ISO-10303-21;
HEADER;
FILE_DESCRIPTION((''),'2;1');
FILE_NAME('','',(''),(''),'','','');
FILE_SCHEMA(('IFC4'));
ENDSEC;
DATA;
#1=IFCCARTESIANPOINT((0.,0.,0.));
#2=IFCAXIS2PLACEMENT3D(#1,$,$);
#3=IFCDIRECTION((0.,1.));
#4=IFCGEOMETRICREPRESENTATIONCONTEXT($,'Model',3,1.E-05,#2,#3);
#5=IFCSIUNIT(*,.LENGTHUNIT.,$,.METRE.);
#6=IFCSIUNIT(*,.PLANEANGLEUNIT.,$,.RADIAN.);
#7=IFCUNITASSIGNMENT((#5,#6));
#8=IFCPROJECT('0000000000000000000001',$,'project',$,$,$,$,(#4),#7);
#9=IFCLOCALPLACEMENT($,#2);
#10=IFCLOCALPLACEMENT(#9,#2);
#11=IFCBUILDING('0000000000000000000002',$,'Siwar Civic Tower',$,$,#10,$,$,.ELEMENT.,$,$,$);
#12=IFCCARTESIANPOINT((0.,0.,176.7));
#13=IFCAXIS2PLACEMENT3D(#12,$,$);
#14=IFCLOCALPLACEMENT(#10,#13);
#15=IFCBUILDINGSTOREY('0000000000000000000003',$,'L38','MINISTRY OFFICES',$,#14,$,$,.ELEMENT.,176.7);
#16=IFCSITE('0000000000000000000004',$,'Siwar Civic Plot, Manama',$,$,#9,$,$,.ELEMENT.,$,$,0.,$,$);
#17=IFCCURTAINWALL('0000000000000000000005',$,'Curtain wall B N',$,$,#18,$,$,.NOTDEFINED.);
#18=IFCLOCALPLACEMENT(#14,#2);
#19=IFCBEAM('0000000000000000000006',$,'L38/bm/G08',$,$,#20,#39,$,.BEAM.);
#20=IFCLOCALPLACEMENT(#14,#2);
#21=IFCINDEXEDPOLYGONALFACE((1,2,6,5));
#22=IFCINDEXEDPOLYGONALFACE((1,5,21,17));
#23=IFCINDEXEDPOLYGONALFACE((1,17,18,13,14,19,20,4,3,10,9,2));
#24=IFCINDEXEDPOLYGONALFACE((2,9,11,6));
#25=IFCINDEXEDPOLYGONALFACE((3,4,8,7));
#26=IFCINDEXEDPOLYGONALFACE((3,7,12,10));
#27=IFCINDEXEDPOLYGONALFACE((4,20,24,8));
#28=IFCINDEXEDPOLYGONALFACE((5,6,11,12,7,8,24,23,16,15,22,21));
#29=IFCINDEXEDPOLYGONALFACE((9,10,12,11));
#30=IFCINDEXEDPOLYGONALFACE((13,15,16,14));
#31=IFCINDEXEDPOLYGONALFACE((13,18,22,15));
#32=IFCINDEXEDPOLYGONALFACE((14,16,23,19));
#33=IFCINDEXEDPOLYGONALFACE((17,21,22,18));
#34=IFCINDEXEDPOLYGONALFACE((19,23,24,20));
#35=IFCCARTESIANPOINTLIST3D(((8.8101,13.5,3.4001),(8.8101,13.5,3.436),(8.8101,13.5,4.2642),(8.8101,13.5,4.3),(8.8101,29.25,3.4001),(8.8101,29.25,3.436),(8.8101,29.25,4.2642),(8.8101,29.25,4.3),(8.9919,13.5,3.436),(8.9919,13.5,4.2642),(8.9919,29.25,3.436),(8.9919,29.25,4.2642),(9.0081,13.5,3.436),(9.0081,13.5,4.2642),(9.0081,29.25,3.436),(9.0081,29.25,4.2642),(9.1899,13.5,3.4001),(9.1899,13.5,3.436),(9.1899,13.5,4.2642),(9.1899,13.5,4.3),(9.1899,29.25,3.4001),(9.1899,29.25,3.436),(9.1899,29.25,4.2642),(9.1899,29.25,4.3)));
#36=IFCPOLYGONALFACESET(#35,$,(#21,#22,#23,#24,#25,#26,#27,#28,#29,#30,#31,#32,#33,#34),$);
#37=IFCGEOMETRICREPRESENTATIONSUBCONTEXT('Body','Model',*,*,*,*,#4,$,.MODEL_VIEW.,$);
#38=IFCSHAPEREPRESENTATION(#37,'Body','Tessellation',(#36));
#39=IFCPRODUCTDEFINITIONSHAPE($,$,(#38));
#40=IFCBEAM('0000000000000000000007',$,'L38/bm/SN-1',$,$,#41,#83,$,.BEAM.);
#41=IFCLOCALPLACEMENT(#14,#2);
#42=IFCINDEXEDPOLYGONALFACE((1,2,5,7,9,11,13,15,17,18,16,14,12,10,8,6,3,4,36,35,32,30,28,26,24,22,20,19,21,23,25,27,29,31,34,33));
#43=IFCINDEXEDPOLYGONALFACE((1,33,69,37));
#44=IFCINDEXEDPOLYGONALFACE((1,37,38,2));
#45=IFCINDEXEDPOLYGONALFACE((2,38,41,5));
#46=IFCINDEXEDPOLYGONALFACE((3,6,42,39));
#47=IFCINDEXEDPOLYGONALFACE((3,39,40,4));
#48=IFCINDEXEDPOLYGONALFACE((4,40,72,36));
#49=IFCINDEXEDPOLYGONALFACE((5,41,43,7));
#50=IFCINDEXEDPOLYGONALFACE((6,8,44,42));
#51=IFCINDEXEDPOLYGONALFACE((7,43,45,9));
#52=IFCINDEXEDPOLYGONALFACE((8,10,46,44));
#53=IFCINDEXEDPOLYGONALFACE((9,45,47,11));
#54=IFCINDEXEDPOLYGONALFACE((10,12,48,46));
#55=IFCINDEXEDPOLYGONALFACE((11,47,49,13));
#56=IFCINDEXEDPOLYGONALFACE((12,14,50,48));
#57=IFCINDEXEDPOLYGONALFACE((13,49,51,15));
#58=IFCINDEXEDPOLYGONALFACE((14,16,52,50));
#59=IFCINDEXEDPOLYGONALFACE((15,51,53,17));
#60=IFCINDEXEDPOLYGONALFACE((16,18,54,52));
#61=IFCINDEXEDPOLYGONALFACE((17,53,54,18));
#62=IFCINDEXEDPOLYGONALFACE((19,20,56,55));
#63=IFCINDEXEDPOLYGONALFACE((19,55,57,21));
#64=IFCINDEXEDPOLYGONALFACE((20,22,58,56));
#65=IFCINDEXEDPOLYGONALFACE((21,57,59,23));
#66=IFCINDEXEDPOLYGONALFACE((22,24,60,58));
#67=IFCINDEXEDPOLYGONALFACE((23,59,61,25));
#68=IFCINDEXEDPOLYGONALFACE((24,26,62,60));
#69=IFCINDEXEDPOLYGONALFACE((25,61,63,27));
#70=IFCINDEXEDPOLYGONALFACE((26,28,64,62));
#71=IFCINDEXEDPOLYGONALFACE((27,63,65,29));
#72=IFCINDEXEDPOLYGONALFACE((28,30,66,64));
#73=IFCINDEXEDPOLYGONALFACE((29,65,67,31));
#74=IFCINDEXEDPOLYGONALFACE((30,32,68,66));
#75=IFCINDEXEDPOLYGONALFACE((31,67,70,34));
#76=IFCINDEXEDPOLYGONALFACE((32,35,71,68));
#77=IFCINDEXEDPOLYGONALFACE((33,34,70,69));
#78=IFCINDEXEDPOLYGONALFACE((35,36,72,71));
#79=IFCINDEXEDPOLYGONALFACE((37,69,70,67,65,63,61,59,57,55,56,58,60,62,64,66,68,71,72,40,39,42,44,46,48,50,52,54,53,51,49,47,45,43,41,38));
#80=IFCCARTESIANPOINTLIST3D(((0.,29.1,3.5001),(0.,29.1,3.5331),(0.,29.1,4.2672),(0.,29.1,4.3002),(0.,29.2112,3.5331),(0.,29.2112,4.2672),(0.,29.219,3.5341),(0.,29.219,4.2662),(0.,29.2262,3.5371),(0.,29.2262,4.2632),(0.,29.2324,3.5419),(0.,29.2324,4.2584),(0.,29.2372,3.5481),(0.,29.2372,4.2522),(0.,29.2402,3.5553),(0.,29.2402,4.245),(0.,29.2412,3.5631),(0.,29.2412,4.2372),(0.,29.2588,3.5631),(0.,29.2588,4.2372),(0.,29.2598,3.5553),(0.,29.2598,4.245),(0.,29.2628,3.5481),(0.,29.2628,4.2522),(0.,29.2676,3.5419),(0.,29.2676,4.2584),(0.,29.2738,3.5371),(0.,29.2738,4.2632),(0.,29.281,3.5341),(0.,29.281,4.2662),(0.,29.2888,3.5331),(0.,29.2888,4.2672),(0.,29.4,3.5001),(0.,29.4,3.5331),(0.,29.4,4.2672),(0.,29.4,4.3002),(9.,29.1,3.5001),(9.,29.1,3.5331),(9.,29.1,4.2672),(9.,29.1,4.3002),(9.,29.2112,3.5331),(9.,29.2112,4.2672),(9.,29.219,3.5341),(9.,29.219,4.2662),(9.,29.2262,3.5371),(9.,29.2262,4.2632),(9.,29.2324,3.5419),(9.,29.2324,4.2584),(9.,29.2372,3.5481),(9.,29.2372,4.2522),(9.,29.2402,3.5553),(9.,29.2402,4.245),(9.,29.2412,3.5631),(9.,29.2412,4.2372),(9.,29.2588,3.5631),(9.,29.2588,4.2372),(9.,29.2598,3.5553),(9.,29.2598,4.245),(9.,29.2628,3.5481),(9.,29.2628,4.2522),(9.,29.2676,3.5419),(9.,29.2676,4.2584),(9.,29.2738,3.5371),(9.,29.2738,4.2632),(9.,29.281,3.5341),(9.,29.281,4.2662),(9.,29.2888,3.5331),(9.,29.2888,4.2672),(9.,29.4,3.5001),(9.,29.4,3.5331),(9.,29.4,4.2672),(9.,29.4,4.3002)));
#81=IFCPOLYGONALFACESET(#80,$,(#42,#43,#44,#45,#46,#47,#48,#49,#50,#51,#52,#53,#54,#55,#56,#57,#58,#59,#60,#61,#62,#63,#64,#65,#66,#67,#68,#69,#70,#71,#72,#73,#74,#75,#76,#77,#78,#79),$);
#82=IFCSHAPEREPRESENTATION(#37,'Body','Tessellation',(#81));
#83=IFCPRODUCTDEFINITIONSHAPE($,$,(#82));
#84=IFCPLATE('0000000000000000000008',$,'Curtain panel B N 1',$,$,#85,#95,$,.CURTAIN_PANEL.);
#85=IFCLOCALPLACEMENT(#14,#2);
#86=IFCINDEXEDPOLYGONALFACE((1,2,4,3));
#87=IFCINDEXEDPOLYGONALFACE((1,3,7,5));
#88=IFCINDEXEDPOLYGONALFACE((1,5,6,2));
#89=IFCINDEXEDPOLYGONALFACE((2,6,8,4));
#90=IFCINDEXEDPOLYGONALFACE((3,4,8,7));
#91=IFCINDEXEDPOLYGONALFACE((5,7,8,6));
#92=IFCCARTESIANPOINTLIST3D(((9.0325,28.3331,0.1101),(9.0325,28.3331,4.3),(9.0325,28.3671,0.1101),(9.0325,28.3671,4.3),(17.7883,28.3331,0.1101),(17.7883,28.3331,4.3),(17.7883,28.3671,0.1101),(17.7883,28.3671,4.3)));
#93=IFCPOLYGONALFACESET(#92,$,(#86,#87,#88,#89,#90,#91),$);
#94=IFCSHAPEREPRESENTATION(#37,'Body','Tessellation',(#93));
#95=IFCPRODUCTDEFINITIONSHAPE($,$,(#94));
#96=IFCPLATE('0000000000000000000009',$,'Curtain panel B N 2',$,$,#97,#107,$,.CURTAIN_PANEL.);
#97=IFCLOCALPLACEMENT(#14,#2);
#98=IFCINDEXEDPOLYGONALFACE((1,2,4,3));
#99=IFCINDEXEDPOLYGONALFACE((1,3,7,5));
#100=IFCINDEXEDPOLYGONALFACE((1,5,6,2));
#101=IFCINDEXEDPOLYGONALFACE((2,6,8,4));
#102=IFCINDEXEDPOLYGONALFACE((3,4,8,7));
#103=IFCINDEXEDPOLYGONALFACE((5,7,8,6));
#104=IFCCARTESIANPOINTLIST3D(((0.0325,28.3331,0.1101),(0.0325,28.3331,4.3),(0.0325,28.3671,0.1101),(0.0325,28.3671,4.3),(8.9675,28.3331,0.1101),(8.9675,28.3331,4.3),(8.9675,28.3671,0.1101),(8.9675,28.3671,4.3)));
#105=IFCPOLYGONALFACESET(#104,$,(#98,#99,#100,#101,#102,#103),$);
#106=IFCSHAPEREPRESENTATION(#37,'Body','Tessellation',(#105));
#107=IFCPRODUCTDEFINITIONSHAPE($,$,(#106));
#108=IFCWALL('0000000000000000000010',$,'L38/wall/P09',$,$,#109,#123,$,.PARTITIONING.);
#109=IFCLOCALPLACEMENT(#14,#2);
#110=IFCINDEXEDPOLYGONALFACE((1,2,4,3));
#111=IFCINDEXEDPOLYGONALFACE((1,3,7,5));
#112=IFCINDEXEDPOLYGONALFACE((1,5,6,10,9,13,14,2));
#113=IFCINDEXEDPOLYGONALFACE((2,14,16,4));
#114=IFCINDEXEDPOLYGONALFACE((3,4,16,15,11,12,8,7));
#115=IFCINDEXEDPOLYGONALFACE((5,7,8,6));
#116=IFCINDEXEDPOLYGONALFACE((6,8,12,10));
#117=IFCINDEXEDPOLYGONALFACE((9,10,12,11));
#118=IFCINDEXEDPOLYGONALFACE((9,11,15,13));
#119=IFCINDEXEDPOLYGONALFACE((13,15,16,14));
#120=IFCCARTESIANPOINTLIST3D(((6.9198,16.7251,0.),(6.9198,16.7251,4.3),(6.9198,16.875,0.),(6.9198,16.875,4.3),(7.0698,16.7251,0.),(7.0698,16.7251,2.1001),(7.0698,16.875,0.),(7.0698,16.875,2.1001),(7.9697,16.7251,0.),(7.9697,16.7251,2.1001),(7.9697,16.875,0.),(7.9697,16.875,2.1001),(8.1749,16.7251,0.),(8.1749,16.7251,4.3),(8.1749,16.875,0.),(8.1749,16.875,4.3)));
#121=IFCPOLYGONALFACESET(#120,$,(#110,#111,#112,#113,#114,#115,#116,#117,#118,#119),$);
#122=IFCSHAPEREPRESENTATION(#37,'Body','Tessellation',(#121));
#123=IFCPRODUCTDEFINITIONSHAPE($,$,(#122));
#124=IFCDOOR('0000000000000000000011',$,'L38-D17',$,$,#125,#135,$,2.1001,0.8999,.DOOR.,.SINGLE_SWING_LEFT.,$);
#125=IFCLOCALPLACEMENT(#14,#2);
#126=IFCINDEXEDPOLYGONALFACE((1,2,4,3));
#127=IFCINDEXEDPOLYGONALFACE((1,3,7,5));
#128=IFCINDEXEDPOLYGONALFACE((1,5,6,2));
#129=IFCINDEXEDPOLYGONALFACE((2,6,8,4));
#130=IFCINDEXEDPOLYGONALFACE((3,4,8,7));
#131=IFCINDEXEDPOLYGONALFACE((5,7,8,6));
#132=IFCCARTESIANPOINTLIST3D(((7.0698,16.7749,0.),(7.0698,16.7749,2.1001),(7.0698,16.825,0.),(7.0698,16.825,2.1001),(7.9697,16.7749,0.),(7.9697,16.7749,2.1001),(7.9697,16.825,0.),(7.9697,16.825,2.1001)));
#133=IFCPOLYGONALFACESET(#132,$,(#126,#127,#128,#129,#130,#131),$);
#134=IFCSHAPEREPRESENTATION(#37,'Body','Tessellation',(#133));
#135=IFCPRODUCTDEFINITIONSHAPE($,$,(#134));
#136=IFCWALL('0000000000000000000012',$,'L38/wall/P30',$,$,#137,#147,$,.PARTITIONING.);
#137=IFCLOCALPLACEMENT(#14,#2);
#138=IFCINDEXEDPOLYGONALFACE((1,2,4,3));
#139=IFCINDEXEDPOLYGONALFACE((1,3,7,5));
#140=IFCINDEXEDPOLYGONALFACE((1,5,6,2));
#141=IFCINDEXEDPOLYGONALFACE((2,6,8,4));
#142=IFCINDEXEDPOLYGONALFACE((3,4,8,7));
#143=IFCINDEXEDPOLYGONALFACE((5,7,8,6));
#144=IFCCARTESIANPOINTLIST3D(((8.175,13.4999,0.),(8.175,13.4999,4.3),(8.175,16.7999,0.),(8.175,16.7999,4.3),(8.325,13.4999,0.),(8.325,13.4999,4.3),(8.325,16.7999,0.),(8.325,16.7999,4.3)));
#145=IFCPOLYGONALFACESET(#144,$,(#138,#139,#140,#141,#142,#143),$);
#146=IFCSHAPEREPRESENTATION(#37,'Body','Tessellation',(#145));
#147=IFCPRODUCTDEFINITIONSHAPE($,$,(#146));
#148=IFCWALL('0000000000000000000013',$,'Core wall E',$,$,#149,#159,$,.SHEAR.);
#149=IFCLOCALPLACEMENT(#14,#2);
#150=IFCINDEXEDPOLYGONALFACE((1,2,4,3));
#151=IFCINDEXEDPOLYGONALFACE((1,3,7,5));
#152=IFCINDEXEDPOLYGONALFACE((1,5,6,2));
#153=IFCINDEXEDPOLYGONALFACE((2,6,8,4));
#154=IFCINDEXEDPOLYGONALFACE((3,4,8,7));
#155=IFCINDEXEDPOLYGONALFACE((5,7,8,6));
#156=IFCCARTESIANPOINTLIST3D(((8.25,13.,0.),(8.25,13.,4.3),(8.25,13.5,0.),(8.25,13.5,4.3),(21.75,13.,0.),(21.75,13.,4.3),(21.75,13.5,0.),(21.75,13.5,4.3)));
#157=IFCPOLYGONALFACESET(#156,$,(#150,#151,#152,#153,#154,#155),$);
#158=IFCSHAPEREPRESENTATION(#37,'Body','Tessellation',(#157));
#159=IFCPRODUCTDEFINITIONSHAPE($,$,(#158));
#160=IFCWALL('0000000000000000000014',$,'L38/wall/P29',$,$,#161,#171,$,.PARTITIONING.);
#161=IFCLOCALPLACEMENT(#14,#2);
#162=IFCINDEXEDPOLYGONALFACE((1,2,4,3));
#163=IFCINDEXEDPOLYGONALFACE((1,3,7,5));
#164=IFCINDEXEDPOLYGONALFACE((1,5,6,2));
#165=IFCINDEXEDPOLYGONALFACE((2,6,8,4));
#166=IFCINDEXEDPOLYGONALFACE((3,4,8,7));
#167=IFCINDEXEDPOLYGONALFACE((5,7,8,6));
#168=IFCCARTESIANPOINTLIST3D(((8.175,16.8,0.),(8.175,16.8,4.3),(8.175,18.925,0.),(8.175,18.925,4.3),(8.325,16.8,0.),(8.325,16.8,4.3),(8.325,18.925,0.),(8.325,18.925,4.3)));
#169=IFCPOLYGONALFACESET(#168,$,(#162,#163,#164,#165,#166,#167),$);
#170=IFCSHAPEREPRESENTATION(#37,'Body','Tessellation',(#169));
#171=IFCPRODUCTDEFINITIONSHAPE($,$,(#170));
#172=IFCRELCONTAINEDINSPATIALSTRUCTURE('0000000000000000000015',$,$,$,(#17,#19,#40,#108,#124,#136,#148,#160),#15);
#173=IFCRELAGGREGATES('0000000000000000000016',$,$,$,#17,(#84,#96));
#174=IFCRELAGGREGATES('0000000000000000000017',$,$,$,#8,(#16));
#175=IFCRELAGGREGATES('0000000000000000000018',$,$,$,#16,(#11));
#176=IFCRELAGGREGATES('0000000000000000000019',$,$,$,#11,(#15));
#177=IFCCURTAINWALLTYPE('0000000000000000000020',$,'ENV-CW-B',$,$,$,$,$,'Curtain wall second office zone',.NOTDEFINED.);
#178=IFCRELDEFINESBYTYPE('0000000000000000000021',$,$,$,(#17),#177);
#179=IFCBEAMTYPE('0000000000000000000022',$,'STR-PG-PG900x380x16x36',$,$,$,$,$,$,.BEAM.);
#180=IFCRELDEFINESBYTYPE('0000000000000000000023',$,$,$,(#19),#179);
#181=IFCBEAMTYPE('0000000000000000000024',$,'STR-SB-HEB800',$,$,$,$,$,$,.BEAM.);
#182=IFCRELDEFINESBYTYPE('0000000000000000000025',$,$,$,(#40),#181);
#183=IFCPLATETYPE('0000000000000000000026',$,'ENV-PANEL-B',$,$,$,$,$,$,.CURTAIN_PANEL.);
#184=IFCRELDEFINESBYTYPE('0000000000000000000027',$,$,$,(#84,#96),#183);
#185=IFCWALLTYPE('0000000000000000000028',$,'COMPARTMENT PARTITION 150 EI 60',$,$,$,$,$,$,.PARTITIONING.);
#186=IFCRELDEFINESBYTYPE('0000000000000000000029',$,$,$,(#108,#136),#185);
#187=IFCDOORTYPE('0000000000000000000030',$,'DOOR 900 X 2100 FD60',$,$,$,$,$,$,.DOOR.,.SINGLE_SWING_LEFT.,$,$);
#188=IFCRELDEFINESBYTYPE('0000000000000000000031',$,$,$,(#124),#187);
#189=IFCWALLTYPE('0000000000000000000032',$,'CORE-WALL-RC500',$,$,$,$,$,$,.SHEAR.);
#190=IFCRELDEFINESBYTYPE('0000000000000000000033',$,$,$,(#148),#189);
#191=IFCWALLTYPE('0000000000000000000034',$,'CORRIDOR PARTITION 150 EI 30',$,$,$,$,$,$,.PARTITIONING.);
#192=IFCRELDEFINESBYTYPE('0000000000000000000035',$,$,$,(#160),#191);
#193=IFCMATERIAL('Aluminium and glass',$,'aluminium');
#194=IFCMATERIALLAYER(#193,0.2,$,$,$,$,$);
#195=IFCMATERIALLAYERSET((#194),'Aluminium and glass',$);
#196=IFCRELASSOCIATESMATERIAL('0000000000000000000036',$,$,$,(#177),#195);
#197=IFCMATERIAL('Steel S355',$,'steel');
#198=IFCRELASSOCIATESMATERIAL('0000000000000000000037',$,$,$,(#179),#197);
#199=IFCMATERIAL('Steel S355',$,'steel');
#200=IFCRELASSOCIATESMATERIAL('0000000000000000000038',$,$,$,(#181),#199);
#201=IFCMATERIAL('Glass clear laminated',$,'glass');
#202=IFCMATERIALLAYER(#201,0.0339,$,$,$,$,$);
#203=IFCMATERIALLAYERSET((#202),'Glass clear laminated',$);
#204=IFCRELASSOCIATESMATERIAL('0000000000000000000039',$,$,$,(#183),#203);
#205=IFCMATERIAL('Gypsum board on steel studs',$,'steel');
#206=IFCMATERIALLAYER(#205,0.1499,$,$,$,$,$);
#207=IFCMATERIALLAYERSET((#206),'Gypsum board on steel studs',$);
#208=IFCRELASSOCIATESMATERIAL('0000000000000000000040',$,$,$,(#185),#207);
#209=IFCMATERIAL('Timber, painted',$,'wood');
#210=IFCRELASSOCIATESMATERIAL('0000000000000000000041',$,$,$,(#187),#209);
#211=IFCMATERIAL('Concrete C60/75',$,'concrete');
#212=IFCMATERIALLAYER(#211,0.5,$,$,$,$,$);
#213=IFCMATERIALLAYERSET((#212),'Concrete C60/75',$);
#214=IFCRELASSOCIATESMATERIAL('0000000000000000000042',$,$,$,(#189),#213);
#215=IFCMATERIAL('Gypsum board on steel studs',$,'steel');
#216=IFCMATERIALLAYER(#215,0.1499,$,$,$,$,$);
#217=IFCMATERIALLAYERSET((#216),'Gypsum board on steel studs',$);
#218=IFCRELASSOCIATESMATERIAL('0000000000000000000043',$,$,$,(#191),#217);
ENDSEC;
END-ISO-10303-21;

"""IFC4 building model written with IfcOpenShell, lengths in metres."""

from ifc_helpers import new_model, si_unit, direction, frame, frame_2d, origin, origin_2d, place, context, subcontext, project, spatial, rectangle, i_section, extrude, material, layer, layer_set, material_profile, profile_set, type_object, element, fill, aggregate, save


model = new_model("IFC4")

# Units and contexts
model_context = context("Model", 3, precision=1e-05, world=origin(), true_north=direction((0.0, 1.0)))
body_context = subcontext(model_context, "Body", "Model", "MODEL_VIEW")
ifc_project = project(units=[si_unit("LENGTHUNIT", "METRE"), si_unit("PLANEANGLEUNIT", "RADIAN")], contexts=[model_context])

# Site, building, storey
site_placement = place(None, origin())
site = spatial("IfcSite", under=ifc_project, at=site_placement, Name="Siwar Civic Plot, Manama", CompositionType="ELEMENT", RefElevation=0.0)
building_placement = place(site_placement, origin())
building = spatial("IfcBuilding", under=site, at=building_placement, Name="Siwar Civic Tower", CompositionType="ELEMENT")
storey_placement = place(building_placement, frame((0.0, 0.0, 176.7)))
storey = spatial("IfcBuildingStorey", under=building, at=storey_placement, Name="L38", Description="MINISTRY OFFICES", CompositionType="ELEMENT", Elevation=176.7)

# Curtain wall
ifc_material_1 = material(Name="Aluminium and glass", Category="aluminium")
ifc_layer_1 = layer(ifc_material_1, 0.2)
ifc_layer_set_1 = layer_set([ifc_layer_1], Name="Aluminium and glass")
curtain_wall_type = type_object("IfcCurtainWallType", Name="ENV-CW-B", ElementType="Curtain wall second office zone", PredefinedType="NOTDEFINED", material=ifc_layer_set_1)
curtain_wall_placement = place(storey_placement, origin())
curtain_wall = element("IfcCurtainWall", 1, at=curtain_wall_placement, inside=storey, type_object=curtain_wall_type, Name="Curtain wall B N", PredefinedType="NOTDEFINED")

# Beams
ifc_material_2 = material(Name="Steel S355", Category="steel")
ifc_material_profile_1 = material_profile(ifc_material_2, i_section(OverallWidth=0.3799, OverallDepth=0.8999, WebThickness=0.0161, FlangeThickness=0.0359, at=origin_2d()), Name="PG900x380x16x36")
ifc_profile_set_1 = profile_set([ifc_material_profile_1], Name="Steel S355")
beam_type_1 = type_object("IfcBeamType", Name="STR-PG-PG900x380x16x36", PredefinedType="BEAM", material=ifc_profile_set_1)
beam_1_placement = place(storey_placement, frame((9.0, 13.5, 3.8501), z_axis=(0.0, 1.0, 0.0), x_axis=(-1.0, 0.0, 0.0)))
element("IfcBeam", 2, at=beam_1_placement, inside=storey, type_object=beam_type_1, Name="L38/bm/G08", PredefinedType="BEAM", context=body_context, shape_type="SweptSolid", body=[
    extrude(i_section(OverallWidth=0.3799, OverallDepth=0.8999, WebThickness=0.0161, FlangeThickness=0.0359, at=origin_2d()), origin(), (0.0, 0.0, 1.0), 15.75),
])
ifc_material_3 = material(Name="Steel S355", Category="steel")
ifc_material_profile_2 = material_profile(ifc_material_3, i_section(OverallWidth=0.3, OverallDepth=0.8, WebThickness=0.0176, FlangeThickness=0.033, FilletRadius=0.03, at=origin_2d()), Name="HEB800")
ifc_profile_set_2 = profile_set([ifc_material_profile_2], Name="Steel S355")
beam_type_2 = type_object("IfcBeamType", Name="STR-SB-HEB800", PredefinedType="BEAM", material=ifc_profile_set_2)
beam_2_placement = place(storey_placement, frame((9.0, 29.25, 3.9001), z_axis=(-1.0, 0.0, 0.0), x_axis=(0.0, -1.0, 0.0)))
element("IfcBeam", 3, at=beam_2_placement, inside=storey, type_object=beam_type_2, Name="L38/bm/SN-1", PredefinedType="BEAM", context=body_context, shape_type="SweptSolid", body=[
    extrude(i_section(OverallWidth=0.3, OverallDepth=0.8, WebThickness=0.0176, FlangeThickness=0.033, FilletRadius=0.03, at=origin_2d()), origin(), (0.0, 0.0, 1.0), 9.0),
])

# Plates
ifc_material_4 = material(Name="Glass clear laminated", Category="glass")
ifc_layer_2 = layer(ifc_material_4, 0.0339)
ifc_layer_set_2 = layer_set([ifc_layer_2], Name="Glass clear laminated")
plate_type = type_object("IfcPlateType", Name="ENV-PANEL-B", PredefinedType="CURTAIN_PANEL", material=ifc_layer_set_2)
plate_1_placement = place(storey_placement, frame((13.4104, 28.3501, 0.1101), z_axis=(0.0, 0.0, 1.0), x_axis=(-1.0, 0.0, 0.0)))
plate_1 = element("IfcPlate", 4, at=plate_1_placement, type_object=plate_type, Name="Curtain panel B N 1", PredefinedType="CURTAIN_PANEL", context=body_context, shape_type="SweptSolid", body=[
    extrude(rectangle(XDim=8.7559, YDim=0.0339, at=origin_2d()), origin(), (0.0, 0.0, 1.0), 4.1899),
])
plate_2_placement = place(storey_placement, frame((4.5, 28.3501, 0.1101), z_axis=(0.0, 0.0, 1.0), x_axis=(-1.0, 0.0, 0.0)))
plate_2 = element("IfcPlate", 5, at=plate_2_placement, type_object=plate_type, Name="Curtain panel B N 2", PredefinedType="CURTAIN_PANEL", context=body_context, shape_type="SweptSolid", body=[
    extrude(rectangle(XDim=8.9351, YDim=0.0339, at=origin_2d()), origin(), (0.0, 0.0, 1.0), 4.1899),
])
aggregate(curtain_wall, [plate_1, plate_2])

# Wall, opening, door
ifc_material_5 = material(Name="Gypsum board on steel studs", Category="steel")
ifc_layer_3 = layer(ifc_material_5, 0.1499)
ifc_layer_set_3 = layer_set([ifc_layer_3], Name="Gypsum board on steel studs")
wall_type_1 = type_object("IfcWallType", Name="COMPARTMENT PARTITION 150 EI 60", PredefinedType="PARTITIONING", material=ifc_layer_set_3)
wall_1_placement = place(storey_placement, frame((6.9199, 16.8, 0.0), z_axis=(0.0, 0.0, 1.0), x_axis=(1.0, 0.0, 0.0)))
wall_1 = element("IfcWall", 6, at=wall_1_placement, inside=storey, type_object=wall_type_1, Name="L38/wall/P09", PredefinedType="PARTITIONING", context=body_context, shape_type="SweptSolid", body=[
    extrude(rectangle(XDim=1.2551, YDim=0.1499, at=frame_2d((0.6274, 0.0))), origin(), (0.0, 0.0, 1.0), 4.3),
])
opening_placement = place(wall_1_placement, frame((0.1499, 0.0, 0.0)))
opening = element("IfcOpeningElement", 7, at=opening_placement, cuts=wall_1, PredefinedType="OPENING", context=body_context, shape_type="SweptSolid", body=[
    extrude(rectangle(XDim=0.8999, YDim=2.1001, at=frame_2d((0.45, 1.05))), frame((0.0, 0.085, 0.0), z_axis=(0.0, -1.0, 0.0), x_axis=(1.0, 0.0, 0.0)), (0.0, 0.0, 1.0), 0.1699),
])
ifc_material_6 = material(Name="Timber, painted", Category="wood")
door_type = type_object("IfcDoorType", Name="DOOR 900 X 2100 FD60", OperationType="SINGLE_SWING_LEFT", PredefinedType="DOOR", material=ifc_material_6)
door_placement = place(opening_placement, origin())
door = element("IfcDoor", 8, at=door_placement, inside=storey, type_object=door_type, Name="L38-D17", OperationType="SINGLE_SWING_LEFT", OverallHeight=2.1001, OverallWidth=0.8999, PredefinedType="DOOR", context=body_context, shape_type="SweptSolid", body=[
    extrude(rectangle(XDim=0.8999, YDim=2.1001, at=frame_2d((0.45, 1.05))), frame((0.0, 0.0249, 0.0), z_axis=(0.0, -1.0, 0.0), x_axis=(1.0, 0.0, 0.0)), (0.0, 0.0, 1.0), 0.05),
])
fill(opening, door)

# Walls
wall_2_placement = place(storey_placement, frame((8.25, 13.5, 0.0), z_axis=(0.0, 0.0, 1.0), x_axis=(0.0, 1.0, 0.0)))
element("IfcWall", 9, at=wall_2_placement, inside=storey, type_object=wall_type_1, Name="L38/wall/P30", PredefinedType="PARTITIONING", context=body_context, shape_type="SweptSolid", body=[
    extrude(rectangle(XDim=3.3, YDim=0.1499, at=frame_2d((1.6499, 0.0))), origin(), (0.0, 0.0, 1.0), 4.3),
])
ifc_material_7 = material(Name="Concrete C60/75", Category="concrete")
ifc_layer_4 = layer(ifc_material_7, 0.5)
ifc_layer_set_4 = layer_set([ifc_layer_4], Name="Concrete C60/75")
wall_type_2 = type_object("IfcWallType", Name="CORE-WALL-RC500", PredefinedType="SHEAR", material=ifc_layer_set_4)
wall_3_placement = place(storey_placement, frame((8.25, 13.25, 0.0), z_axis=(0.0, 0.0, 1.0), x_axis=(1.0, 0.0, 0.0)))
element("IfcWall", 10, at=wall_3_placement, inside=storey, type_object=wall_type_2, Name="Core wall E", PredefinedType="SHEAR", context=body_context, shape_type="SweptSolid", body=[
    extrude(rectangle(XDim=13.5, YDim=0.5, at=frame_2d((6.75, 0.0))), origin(), (0.0, 0.0, 1.0), 4.3),
])
ifc_material_8 = material(Name="Gypsum board on steel studs", Category="steel")
ifc_layer_5 = layer(ifc_material_8, 0.1499)
ifc_layer_set_5 = layer_set([ifc_layer_5], Name="Gypsum board on steel studs")
wall_type_3 = type_object("IfcWallType", Name="CORRIDOR PARTITION 150 EI 30", PredefinedType="PARTITIONING", material=ifc_layer_set_5)
wall_4_placement = place(storey_placement, frame((8.25, 16.8, 0.0), z_axis=(0.0, 0.0, 1.0), x_axis=(0.0, 1.0, 0.0)))
element("IfcWall", 11, at=wall_4_placement, inside=storey, type_object=wall_type_3, Name="L38/wall/P29", PredefinedType="PARTITIONING", context=body_context, shape_type="SweptSolid", body=[
    extrude(rectangle(XDim=2.125, YDim=0.1499, at=frame_2d((1.0625, 0.0))), origin(), (0.0, 0.0, 1.0), 4.3),
])

save(model, "model.ifc")
